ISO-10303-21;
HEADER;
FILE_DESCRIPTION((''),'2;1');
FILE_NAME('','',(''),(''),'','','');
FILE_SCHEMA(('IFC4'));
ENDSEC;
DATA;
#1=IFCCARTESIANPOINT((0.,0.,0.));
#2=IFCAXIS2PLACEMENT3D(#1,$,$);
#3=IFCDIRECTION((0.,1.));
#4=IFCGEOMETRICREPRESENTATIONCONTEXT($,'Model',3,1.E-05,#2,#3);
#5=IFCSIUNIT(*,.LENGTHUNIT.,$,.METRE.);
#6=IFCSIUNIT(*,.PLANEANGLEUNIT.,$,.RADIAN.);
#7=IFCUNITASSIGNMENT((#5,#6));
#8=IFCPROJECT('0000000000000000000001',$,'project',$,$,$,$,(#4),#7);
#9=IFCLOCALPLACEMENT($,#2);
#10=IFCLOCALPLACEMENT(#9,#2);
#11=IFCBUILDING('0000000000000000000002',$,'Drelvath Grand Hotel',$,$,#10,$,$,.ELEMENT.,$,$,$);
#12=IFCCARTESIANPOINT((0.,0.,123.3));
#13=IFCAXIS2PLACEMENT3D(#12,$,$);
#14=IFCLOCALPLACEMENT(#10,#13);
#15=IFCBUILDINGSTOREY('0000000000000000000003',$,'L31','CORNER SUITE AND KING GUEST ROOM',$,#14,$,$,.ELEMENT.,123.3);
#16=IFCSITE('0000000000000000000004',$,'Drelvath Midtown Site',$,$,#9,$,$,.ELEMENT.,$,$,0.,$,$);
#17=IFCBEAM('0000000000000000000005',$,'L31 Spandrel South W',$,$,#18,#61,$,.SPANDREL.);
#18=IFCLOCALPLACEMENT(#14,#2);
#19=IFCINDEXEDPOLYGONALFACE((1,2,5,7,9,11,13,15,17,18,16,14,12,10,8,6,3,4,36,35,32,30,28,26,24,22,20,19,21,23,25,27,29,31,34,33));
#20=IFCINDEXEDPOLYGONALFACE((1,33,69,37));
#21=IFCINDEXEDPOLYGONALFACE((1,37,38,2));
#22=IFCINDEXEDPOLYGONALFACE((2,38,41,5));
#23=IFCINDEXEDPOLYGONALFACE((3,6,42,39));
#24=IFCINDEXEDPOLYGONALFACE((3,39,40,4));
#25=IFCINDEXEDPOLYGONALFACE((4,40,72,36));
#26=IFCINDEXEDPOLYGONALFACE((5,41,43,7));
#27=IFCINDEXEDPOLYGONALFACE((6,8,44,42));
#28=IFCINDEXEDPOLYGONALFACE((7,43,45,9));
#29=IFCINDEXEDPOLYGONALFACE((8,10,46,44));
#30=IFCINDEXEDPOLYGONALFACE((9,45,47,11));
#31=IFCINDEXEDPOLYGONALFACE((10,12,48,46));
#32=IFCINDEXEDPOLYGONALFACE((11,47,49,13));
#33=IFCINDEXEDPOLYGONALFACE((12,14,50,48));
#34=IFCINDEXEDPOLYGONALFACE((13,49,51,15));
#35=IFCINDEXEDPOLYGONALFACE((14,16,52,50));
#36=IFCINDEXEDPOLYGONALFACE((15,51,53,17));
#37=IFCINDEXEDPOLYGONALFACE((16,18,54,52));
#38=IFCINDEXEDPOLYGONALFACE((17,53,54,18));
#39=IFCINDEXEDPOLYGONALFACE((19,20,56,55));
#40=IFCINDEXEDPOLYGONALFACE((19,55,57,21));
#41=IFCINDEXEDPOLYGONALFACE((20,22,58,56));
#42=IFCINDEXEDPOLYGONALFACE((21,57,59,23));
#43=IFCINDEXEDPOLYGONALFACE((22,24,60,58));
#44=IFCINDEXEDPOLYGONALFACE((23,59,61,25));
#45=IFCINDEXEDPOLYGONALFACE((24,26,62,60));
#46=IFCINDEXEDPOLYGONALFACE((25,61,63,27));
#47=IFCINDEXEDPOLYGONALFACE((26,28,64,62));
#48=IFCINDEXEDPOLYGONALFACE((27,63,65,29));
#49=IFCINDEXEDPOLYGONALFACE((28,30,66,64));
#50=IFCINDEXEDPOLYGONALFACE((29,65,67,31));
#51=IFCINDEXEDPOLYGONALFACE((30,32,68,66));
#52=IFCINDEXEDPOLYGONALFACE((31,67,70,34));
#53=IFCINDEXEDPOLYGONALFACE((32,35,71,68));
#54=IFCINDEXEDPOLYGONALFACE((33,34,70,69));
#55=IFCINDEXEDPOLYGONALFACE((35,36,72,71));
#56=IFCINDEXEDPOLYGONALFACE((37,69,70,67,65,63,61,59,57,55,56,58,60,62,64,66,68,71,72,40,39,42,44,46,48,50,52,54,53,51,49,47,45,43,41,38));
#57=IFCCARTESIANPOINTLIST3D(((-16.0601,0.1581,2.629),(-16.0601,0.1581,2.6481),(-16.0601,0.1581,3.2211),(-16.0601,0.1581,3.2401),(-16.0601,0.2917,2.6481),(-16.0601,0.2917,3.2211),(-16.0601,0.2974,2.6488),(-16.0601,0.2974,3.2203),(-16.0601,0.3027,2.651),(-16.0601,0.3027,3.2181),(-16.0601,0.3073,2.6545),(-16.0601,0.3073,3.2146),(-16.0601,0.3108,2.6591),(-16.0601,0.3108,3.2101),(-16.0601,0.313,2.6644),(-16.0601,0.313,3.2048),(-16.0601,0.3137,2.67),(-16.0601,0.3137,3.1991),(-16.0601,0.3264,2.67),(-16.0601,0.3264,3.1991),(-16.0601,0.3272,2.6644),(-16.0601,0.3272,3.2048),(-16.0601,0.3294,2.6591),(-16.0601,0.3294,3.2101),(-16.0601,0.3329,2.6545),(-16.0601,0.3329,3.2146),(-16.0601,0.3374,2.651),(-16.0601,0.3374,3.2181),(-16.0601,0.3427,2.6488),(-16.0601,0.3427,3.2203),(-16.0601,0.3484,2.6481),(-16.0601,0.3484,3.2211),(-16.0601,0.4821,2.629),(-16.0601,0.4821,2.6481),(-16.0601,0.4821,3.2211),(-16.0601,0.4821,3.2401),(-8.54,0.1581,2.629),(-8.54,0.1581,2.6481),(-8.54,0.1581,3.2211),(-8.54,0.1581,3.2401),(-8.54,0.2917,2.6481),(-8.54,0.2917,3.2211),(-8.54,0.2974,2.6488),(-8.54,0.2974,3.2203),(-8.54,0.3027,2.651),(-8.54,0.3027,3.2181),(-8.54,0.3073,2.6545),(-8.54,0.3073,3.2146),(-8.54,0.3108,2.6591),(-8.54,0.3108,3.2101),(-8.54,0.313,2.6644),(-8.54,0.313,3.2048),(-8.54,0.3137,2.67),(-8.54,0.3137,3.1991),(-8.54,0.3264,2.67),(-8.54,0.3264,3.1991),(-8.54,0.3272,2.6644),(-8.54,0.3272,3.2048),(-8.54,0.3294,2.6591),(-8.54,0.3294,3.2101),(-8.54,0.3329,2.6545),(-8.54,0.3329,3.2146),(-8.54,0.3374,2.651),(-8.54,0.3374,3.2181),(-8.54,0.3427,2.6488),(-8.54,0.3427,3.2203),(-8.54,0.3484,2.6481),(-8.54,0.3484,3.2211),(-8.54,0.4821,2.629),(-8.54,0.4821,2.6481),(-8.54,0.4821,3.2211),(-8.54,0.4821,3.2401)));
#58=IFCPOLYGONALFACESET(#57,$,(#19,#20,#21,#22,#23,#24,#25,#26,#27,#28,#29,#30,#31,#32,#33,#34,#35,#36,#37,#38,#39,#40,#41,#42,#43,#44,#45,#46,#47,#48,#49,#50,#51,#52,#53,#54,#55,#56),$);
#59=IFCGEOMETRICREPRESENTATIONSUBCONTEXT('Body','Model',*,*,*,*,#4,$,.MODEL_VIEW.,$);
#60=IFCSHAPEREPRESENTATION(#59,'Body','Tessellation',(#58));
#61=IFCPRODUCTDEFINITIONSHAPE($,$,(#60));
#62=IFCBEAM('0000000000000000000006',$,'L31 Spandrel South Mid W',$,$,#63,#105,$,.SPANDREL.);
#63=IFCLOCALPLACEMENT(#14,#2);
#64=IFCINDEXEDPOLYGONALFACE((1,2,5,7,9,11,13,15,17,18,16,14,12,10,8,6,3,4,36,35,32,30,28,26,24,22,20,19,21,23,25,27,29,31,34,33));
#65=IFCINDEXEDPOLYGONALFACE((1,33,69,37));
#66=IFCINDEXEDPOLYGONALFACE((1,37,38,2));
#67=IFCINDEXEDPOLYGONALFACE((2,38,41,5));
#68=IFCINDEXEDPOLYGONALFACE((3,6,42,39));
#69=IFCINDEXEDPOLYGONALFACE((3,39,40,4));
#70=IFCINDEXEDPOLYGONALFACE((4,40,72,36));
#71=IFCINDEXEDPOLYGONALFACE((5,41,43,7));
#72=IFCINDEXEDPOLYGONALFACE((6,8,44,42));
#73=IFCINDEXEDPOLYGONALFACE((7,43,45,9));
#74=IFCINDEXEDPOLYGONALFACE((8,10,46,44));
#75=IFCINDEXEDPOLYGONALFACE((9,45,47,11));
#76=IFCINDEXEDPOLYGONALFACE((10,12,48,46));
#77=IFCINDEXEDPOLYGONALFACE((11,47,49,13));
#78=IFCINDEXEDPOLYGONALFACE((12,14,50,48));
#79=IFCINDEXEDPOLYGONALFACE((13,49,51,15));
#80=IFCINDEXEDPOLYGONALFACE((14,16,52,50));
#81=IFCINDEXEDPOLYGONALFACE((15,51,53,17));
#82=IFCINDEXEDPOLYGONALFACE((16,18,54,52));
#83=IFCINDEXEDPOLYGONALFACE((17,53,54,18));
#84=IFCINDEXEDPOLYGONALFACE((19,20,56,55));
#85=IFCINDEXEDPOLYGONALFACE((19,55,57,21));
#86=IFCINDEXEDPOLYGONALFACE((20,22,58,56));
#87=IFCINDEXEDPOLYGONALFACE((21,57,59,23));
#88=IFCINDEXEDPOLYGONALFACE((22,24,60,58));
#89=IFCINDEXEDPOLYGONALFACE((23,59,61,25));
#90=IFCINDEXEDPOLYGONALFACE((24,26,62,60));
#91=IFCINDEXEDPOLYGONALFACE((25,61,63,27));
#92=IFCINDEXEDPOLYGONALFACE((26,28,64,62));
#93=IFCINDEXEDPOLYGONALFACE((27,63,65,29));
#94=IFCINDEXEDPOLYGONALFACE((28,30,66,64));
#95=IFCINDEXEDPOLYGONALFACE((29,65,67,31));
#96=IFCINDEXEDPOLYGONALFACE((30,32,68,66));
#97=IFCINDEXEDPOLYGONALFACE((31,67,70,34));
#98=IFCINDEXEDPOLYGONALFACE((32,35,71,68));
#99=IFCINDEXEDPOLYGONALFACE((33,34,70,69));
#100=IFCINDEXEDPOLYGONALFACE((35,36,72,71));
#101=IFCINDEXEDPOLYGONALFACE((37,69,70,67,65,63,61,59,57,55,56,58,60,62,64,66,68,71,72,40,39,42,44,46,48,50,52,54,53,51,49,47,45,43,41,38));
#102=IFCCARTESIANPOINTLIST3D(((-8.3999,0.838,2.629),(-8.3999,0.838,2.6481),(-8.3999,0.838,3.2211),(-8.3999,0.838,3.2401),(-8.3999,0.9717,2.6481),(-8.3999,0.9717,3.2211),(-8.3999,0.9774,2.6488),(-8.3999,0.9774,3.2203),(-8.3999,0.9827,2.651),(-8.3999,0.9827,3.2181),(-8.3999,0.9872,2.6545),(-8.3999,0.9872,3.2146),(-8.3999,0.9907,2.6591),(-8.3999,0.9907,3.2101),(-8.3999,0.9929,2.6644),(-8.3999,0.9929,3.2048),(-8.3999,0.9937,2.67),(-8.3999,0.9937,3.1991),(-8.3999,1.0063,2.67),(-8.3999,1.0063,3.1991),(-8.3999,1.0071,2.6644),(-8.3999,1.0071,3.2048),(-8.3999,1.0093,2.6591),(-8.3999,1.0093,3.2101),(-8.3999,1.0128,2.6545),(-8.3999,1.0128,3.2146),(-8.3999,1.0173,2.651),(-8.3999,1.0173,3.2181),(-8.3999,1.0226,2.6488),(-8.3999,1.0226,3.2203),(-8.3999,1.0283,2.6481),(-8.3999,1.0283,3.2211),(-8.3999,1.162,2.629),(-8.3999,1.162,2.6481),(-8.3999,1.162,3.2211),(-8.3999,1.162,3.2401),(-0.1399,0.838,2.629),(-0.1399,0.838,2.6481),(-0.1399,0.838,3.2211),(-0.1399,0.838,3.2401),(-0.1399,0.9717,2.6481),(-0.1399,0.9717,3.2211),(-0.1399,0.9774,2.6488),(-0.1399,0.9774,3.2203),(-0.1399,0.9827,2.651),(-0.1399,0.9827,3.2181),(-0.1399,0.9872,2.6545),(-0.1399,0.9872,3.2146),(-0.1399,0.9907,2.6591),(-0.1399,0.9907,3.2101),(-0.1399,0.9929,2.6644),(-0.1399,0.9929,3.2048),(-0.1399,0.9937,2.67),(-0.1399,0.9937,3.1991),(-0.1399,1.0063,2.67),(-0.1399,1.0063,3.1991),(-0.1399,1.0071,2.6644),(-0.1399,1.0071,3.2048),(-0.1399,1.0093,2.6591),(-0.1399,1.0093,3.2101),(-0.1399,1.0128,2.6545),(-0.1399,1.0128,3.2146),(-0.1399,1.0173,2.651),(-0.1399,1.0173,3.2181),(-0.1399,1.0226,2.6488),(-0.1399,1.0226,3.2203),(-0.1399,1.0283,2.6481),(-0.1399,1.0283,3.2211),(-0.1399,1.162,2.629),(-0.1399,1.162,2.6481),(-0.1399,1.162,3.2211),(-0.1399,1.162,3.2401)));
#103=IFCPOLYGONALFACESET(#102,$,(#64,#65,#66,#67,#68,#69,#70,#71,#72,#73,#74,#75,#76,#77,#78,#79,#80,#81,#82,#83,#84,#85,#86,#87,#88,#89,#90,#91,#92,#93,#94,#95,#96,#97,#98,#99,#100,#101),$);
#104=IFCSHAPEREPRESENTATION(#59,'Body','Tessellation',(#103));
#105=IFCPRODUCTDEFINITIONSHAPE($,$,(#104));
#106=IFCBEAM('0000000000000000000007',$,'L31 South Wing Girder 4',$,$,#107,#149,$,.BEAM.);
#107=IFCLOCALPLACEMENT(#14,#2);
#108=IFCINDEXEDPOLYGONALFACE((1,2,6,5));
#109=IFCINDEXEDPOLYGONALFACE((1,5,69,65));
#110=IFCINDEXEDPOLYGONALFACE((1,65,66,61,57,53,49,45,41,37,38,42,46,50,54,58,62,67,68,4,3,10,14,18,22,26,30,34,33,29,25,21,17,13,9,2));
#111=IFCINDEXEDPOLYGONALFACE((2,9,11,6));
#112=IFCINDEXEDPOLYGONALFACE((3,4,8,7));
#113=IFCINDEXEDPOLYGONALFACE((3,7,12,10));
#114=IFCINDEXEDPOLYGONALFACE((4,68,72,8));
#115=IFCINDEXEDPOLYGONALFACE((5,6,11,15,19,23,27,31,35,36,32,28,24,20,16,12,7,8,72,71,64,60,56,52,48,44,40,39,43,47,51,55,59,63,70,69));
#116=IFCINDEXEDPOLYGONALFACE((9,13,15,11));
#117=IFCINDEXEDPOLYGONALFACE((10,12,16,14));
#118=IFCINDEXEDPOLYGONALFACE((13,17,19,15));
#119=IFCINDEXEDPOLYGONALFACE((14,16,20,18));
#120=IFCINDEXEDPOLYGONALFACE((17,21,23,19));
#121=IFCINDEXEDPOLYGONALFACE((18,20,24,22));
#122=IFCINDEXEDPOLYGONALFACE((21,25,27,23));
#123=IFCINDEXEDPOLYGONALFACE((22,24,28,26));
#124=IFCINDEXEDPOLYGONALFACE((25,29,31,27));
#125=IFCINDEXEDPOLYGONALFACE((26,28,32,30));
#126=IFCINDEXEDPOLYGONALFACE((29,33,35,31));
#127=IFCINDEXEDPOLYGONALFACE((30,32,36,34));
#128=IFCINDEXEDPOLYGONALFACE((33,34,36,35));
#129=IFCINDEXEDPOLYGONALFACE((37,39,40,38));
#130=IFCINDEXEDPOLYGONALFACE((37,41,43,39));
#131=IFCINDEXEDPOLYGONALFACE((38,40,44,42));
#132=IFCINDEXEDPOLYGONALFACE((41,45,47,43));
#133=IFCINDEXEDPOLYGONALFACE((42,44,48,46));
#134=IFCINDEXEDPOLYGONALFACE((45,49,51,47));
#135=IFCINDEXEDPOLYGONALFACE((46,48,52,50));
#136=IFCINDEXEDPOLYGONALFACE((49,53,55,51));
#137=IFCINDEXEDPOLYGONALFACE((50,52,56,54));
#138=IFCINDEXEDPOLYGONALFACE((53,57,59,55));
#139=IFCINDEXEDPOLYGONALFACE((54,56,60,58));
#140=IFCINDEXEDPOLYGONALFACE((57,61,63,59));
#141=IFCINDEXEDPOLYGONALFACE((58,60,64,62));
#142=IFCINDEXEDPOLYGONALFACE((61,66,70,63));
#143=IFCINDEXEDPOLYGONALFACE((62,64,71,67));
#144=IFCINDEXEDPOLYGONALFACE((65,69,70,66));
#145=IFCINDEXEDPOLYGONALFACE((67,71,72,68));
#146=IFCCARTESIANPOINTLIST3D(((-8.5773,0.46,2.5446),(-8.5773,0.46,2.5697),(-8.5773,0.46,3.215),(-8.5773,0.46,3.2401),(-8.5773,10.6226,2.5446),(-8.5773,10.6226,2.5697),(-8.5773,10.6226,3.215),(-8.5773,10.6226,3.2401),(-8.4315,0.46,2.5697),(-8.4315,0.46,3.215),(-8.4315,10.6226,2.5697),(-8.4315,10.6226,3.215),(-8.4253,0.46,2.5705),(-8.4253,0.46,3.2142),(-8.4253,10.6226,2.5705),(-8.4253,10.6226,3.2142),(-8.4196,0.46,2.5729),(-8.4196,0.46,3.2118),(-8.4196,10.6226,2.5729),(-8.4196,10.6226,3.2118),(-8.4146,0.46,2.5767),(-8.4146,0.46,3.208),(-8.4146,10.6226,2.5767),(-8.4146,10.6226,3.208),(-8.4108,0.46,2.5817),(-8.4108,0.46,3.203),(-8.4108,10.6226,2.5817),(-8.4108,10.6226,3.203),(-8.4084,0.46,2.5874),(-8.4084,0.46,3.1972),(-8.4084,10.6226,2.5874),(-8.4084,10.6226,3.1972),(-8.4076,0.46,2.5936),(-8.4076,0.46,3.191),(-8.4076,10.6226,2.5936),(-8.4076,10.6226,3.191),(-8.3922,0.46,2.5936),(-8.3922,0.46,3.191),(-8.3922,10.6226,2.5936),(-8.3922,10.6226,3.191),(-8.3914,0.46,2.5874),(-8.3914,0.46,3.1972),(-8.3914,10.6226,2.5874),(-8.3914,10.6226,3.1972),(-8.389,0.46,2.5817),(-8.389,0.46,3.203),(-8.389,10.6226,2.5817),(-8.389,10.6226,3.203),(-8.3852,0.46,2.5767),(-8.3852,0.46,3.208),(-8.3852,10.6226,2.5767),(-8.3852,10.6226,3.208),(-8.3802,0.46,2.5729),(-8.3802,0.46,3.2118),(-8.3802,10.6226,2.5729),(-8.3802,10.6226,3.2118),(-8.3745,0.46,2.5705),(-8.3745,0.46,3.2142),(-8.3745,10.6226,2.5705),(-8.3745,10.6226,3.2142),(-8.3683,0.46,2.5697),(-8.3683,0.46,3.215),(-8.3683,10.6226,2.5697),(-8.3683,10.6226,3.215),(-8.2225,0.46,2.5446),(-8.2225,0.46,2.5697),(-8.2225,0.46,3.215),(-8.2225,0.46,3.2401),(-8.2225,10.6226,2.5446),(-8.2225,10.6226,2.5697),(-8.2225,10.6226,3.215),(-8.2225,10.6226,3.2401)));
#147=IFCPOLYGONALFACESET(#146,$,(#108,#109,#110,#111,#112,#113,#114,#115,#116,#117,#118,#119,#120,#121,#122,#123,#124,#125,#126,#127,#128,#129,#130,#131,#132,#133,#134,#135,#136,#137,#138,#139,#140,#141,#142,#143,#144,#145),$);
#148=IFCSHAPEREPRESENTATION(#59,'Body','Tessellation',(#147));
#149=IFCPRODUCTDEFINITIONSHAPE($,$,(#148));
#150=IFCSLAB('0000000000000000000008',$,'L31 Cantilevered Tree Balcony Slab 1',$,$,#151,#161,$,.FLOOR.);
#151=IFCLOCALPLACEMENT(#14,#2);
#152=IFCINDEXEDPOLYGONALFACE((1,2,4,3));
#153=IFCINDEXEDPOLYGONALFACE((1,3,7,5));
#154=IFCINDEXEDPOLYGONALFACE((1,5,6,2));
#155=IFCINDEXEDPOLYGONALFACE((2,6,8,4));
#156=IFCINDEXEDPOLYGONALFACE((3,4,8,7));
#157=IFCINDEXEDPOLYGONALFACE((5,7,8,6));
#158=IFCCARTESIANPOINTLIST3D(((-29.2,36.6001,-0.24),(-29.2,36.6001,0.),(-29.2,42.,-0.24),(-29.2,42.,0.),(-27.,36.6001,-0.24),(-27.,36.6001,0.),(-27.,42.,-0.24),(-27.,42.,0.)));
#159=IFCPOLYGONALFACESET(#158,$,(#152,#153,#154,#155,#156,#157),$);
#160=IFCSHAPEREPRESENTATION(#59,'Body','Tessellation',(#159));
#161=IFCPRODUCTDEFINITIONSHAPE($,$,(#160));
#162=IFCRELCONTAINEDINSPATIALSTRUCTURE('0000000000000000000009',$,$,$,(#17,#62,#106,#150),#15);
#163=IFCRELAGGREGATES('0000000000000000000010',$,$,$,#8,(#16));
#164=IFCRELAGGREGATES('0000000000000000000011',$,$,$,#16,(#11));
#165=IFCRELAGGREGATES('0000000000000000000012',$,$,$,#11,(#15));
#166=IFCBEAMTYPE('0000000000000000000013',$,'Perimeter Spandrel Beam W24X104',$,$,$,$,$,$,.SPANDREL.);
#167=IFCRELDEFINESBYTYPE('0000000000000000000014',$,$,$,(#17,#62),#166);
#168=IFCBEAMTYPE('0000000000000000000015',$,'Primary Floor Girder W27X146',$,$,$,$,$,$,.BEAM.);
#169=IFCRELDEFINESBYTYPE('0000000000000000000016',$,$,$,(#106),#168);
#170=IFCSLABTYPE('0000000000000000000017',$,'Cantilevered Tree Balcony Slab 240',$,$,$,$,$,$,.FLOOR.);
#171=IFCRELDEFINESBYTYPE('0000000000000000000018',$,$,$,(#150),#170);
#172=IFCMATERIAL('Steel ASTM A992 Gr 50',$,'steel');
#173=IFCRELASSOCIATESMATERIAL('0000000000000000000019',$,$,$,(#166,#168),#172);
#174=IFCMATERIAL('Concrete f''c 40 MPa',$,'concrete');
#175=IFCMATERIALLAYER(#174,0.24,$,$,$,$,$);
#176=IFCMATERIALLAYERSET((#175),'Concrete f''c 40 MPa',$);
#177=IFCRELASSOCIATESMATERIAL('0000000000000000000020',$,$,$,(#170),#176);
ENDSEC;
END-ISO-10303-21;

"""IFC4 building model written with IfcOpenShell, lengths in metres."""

from ifc_helpers import new_model, si_unit, direction, frame, origin, origin_2d, place, context, subcontext, project, spatial, polyline, i_section, outline, extrude, material, layer, layer_set, material_profile, profile_set, type_object, element, save


model = new_model("IFC4")

# Units and contexts
model_context = context("Model", 3, precision=1e-05, world=origin(), true_north=direction((0.0, 1.0)))
body_context = subcontext(model_context, "Body", "Model", "MODEL_VIEW")
ifc_project = project(units=[si_unit("LENGTHUNIT", "METRE"), si_unit("PLANEANGLEUNIT", "RADIAN")], contexts=[model_context])

# Site, building, storey
site_placement = place(None, origin())
site = spatial("IfcSite", under=ifc_project, at=site_placement, Name="Drelvath Midtown Site", CompositionType="ELEMENT", RefElevation=0.0)
building_placement = place(site_placement, origin())
building = spatial("IfcBuilding", under=site, at=building_placement, Name="Drelvath Grand Hotel", CompositionType="ELEMENT")
storey_placement = place(building_placement, frame((0.0, 0.0, 123.3)))
storey = spatial("IfcBuildingStorey", under=building, at=storey_placement, Name="L31", Description="CORNER SUITE AND KING GUEST ROOM", CompositionType="ELEMENT", Elevation=123.3)

# Beams
ifc_material_1 = material(Name="Steel ASTM A992 Gr 50", Category="steel")
ifc_material_profile_1 = material_profile(ifc_material_1, i_section(OverallWidth=0.324, OverallDepth=0.6111, WebThickness=0.0127, FlangeThickness=0.019, FilletRadius=0.022, at=origin_2d()), Name="W24X104")
ifc_profile_set_1 = profile_set([ifc_material_profile_1], Name="Steel ASTM A992 Gr 50")
beam_type_1 = type_object("IfcBeamType", Name="Perimeter Spandrel Beam W24X104", PredefinedType="SPANDREL", material=ifc_profile_set_1)
beam_1_placement = place(storey_placement, frame((-16.0601, 0.3201, 2.9346), z_axis=(1.0, 0.0, 0.0), x_axis=(0.0, 1.0, 0.0)))
element("IfcBeam", 1, at=beam_1_placement, inside=storey, type_object=beam_type_1, Name="L31 Spandrel South W", PredefinedType="SPANDREL", context=body_context, shape_type="SweptSolid", body=[
    extrude(i_section(OverallWidth=0.324, OverallDepth=0.6111, WebThickness=0.0127, FlangeThickness=0.019, FilletRadius=0.022, at=origin_2d()), origin(), (0.0, 0.0, 1.0), 7.52),
])
beam_2_placement = place(storey_placement, frame((-8.3999, 1.0, 2.9346), z_axis=(1.0, 0.0, 0.0), x_axis=(0.0, 1.0, 0.0)))
element("IfcBeam", 2, at=beam_2_placement, inside=storey, type_object=beam_type_1, Name="L31 Spandrel South Mid W", PredefinedType="SPANDREL", context=body_context, shape_type="SweptSolid", body=[
    extrude(i_section(OverallWidth=0.324, OverallDepth=0.6111, WebThickness=0.0127, FlangeThickness=0.019, FilletRadius=0.022, at=origin_2d()), origin(), (0.0, 0.0, 1.0), 8.26),
])
ifc_material_profile_2 = material_profile(ifc_material_1, i_section(OverallWidth=0.3547, OverallDepth=0.6956, WebThickness=0.0154, FlangeThickness=0.0251, FilletRadius=0.0239, at=origin_2d()), Name="W27X146")
ifc_profile_set_2 = profile_set([ifc_material_profile_2], Name="Steel ASTM A992 Gr 50")
beam_type_2 = type_object("IfcBeamType", Name="Primary Floor Girder W27X146", PredefinedType="BEAM", material=ifc_profile_set_2)
beam_3_placement = place(storey_placement, frame((-8.3999, 0.46, 2.8923), z_axis=(0.0, 1.0, 0.0), x_axis=(-1.0, 0.0, 0.0)))
element("IfcBeam", 3, at=beam_3_placement, inside=storey, type_object=beam_type_2, Name="L31 South Wing Girder 4", PredefinedType="BEAM", context=body_context, shape_type="SweptSolid", body=[
    extrude(i_section(OverallWidth=0.3547, OverallDepth=0.6956, WebThickness=0.0154, FlangeThickness=0.0251, FilletRadius=0.0239, at=origin_2d()), origin(), (0.0, 0.0, 1.0), 10.1626),
])

# Slab
ifc_material_2 = material(Name="Concrete f'c 40 MPa", Category="concrete")
ifc_layer_1 = layer(ifc_material_2, 0.24)
ifc_layer_set_1 = layer_set([ifc_layer_1], Name="Concrete f'c 40 MPa")
slab_type_1 = type_object("IfcSlabType", Name="Cantilevered Tree Balcony Slab 240", PredefinedType="FLOOR", material=ifc_layer_set_1)
slab_1_placement = place(storey_placement, frame((0.0, 0.0, -0.24)))
element("IfcSlab", 4, at=slab_1_placement, inside=storey, type_object=slab_type_1, Name="L31 Cantilevered Tree Balcony Slab 1", PredefinedType="FLOOR", context=body_context, shape_type="SweptSolid", body=[
    extrude(outline(polyline([(-29.2, 36.6001), (-27.0, 36.6001), (-27.0, 42.0), (-29.2, 42.0), (-29.2, 36.6001)])), origin(), (0.0, 0.0, 1.0), 0.24),
])

save(model, "model.ifc")
